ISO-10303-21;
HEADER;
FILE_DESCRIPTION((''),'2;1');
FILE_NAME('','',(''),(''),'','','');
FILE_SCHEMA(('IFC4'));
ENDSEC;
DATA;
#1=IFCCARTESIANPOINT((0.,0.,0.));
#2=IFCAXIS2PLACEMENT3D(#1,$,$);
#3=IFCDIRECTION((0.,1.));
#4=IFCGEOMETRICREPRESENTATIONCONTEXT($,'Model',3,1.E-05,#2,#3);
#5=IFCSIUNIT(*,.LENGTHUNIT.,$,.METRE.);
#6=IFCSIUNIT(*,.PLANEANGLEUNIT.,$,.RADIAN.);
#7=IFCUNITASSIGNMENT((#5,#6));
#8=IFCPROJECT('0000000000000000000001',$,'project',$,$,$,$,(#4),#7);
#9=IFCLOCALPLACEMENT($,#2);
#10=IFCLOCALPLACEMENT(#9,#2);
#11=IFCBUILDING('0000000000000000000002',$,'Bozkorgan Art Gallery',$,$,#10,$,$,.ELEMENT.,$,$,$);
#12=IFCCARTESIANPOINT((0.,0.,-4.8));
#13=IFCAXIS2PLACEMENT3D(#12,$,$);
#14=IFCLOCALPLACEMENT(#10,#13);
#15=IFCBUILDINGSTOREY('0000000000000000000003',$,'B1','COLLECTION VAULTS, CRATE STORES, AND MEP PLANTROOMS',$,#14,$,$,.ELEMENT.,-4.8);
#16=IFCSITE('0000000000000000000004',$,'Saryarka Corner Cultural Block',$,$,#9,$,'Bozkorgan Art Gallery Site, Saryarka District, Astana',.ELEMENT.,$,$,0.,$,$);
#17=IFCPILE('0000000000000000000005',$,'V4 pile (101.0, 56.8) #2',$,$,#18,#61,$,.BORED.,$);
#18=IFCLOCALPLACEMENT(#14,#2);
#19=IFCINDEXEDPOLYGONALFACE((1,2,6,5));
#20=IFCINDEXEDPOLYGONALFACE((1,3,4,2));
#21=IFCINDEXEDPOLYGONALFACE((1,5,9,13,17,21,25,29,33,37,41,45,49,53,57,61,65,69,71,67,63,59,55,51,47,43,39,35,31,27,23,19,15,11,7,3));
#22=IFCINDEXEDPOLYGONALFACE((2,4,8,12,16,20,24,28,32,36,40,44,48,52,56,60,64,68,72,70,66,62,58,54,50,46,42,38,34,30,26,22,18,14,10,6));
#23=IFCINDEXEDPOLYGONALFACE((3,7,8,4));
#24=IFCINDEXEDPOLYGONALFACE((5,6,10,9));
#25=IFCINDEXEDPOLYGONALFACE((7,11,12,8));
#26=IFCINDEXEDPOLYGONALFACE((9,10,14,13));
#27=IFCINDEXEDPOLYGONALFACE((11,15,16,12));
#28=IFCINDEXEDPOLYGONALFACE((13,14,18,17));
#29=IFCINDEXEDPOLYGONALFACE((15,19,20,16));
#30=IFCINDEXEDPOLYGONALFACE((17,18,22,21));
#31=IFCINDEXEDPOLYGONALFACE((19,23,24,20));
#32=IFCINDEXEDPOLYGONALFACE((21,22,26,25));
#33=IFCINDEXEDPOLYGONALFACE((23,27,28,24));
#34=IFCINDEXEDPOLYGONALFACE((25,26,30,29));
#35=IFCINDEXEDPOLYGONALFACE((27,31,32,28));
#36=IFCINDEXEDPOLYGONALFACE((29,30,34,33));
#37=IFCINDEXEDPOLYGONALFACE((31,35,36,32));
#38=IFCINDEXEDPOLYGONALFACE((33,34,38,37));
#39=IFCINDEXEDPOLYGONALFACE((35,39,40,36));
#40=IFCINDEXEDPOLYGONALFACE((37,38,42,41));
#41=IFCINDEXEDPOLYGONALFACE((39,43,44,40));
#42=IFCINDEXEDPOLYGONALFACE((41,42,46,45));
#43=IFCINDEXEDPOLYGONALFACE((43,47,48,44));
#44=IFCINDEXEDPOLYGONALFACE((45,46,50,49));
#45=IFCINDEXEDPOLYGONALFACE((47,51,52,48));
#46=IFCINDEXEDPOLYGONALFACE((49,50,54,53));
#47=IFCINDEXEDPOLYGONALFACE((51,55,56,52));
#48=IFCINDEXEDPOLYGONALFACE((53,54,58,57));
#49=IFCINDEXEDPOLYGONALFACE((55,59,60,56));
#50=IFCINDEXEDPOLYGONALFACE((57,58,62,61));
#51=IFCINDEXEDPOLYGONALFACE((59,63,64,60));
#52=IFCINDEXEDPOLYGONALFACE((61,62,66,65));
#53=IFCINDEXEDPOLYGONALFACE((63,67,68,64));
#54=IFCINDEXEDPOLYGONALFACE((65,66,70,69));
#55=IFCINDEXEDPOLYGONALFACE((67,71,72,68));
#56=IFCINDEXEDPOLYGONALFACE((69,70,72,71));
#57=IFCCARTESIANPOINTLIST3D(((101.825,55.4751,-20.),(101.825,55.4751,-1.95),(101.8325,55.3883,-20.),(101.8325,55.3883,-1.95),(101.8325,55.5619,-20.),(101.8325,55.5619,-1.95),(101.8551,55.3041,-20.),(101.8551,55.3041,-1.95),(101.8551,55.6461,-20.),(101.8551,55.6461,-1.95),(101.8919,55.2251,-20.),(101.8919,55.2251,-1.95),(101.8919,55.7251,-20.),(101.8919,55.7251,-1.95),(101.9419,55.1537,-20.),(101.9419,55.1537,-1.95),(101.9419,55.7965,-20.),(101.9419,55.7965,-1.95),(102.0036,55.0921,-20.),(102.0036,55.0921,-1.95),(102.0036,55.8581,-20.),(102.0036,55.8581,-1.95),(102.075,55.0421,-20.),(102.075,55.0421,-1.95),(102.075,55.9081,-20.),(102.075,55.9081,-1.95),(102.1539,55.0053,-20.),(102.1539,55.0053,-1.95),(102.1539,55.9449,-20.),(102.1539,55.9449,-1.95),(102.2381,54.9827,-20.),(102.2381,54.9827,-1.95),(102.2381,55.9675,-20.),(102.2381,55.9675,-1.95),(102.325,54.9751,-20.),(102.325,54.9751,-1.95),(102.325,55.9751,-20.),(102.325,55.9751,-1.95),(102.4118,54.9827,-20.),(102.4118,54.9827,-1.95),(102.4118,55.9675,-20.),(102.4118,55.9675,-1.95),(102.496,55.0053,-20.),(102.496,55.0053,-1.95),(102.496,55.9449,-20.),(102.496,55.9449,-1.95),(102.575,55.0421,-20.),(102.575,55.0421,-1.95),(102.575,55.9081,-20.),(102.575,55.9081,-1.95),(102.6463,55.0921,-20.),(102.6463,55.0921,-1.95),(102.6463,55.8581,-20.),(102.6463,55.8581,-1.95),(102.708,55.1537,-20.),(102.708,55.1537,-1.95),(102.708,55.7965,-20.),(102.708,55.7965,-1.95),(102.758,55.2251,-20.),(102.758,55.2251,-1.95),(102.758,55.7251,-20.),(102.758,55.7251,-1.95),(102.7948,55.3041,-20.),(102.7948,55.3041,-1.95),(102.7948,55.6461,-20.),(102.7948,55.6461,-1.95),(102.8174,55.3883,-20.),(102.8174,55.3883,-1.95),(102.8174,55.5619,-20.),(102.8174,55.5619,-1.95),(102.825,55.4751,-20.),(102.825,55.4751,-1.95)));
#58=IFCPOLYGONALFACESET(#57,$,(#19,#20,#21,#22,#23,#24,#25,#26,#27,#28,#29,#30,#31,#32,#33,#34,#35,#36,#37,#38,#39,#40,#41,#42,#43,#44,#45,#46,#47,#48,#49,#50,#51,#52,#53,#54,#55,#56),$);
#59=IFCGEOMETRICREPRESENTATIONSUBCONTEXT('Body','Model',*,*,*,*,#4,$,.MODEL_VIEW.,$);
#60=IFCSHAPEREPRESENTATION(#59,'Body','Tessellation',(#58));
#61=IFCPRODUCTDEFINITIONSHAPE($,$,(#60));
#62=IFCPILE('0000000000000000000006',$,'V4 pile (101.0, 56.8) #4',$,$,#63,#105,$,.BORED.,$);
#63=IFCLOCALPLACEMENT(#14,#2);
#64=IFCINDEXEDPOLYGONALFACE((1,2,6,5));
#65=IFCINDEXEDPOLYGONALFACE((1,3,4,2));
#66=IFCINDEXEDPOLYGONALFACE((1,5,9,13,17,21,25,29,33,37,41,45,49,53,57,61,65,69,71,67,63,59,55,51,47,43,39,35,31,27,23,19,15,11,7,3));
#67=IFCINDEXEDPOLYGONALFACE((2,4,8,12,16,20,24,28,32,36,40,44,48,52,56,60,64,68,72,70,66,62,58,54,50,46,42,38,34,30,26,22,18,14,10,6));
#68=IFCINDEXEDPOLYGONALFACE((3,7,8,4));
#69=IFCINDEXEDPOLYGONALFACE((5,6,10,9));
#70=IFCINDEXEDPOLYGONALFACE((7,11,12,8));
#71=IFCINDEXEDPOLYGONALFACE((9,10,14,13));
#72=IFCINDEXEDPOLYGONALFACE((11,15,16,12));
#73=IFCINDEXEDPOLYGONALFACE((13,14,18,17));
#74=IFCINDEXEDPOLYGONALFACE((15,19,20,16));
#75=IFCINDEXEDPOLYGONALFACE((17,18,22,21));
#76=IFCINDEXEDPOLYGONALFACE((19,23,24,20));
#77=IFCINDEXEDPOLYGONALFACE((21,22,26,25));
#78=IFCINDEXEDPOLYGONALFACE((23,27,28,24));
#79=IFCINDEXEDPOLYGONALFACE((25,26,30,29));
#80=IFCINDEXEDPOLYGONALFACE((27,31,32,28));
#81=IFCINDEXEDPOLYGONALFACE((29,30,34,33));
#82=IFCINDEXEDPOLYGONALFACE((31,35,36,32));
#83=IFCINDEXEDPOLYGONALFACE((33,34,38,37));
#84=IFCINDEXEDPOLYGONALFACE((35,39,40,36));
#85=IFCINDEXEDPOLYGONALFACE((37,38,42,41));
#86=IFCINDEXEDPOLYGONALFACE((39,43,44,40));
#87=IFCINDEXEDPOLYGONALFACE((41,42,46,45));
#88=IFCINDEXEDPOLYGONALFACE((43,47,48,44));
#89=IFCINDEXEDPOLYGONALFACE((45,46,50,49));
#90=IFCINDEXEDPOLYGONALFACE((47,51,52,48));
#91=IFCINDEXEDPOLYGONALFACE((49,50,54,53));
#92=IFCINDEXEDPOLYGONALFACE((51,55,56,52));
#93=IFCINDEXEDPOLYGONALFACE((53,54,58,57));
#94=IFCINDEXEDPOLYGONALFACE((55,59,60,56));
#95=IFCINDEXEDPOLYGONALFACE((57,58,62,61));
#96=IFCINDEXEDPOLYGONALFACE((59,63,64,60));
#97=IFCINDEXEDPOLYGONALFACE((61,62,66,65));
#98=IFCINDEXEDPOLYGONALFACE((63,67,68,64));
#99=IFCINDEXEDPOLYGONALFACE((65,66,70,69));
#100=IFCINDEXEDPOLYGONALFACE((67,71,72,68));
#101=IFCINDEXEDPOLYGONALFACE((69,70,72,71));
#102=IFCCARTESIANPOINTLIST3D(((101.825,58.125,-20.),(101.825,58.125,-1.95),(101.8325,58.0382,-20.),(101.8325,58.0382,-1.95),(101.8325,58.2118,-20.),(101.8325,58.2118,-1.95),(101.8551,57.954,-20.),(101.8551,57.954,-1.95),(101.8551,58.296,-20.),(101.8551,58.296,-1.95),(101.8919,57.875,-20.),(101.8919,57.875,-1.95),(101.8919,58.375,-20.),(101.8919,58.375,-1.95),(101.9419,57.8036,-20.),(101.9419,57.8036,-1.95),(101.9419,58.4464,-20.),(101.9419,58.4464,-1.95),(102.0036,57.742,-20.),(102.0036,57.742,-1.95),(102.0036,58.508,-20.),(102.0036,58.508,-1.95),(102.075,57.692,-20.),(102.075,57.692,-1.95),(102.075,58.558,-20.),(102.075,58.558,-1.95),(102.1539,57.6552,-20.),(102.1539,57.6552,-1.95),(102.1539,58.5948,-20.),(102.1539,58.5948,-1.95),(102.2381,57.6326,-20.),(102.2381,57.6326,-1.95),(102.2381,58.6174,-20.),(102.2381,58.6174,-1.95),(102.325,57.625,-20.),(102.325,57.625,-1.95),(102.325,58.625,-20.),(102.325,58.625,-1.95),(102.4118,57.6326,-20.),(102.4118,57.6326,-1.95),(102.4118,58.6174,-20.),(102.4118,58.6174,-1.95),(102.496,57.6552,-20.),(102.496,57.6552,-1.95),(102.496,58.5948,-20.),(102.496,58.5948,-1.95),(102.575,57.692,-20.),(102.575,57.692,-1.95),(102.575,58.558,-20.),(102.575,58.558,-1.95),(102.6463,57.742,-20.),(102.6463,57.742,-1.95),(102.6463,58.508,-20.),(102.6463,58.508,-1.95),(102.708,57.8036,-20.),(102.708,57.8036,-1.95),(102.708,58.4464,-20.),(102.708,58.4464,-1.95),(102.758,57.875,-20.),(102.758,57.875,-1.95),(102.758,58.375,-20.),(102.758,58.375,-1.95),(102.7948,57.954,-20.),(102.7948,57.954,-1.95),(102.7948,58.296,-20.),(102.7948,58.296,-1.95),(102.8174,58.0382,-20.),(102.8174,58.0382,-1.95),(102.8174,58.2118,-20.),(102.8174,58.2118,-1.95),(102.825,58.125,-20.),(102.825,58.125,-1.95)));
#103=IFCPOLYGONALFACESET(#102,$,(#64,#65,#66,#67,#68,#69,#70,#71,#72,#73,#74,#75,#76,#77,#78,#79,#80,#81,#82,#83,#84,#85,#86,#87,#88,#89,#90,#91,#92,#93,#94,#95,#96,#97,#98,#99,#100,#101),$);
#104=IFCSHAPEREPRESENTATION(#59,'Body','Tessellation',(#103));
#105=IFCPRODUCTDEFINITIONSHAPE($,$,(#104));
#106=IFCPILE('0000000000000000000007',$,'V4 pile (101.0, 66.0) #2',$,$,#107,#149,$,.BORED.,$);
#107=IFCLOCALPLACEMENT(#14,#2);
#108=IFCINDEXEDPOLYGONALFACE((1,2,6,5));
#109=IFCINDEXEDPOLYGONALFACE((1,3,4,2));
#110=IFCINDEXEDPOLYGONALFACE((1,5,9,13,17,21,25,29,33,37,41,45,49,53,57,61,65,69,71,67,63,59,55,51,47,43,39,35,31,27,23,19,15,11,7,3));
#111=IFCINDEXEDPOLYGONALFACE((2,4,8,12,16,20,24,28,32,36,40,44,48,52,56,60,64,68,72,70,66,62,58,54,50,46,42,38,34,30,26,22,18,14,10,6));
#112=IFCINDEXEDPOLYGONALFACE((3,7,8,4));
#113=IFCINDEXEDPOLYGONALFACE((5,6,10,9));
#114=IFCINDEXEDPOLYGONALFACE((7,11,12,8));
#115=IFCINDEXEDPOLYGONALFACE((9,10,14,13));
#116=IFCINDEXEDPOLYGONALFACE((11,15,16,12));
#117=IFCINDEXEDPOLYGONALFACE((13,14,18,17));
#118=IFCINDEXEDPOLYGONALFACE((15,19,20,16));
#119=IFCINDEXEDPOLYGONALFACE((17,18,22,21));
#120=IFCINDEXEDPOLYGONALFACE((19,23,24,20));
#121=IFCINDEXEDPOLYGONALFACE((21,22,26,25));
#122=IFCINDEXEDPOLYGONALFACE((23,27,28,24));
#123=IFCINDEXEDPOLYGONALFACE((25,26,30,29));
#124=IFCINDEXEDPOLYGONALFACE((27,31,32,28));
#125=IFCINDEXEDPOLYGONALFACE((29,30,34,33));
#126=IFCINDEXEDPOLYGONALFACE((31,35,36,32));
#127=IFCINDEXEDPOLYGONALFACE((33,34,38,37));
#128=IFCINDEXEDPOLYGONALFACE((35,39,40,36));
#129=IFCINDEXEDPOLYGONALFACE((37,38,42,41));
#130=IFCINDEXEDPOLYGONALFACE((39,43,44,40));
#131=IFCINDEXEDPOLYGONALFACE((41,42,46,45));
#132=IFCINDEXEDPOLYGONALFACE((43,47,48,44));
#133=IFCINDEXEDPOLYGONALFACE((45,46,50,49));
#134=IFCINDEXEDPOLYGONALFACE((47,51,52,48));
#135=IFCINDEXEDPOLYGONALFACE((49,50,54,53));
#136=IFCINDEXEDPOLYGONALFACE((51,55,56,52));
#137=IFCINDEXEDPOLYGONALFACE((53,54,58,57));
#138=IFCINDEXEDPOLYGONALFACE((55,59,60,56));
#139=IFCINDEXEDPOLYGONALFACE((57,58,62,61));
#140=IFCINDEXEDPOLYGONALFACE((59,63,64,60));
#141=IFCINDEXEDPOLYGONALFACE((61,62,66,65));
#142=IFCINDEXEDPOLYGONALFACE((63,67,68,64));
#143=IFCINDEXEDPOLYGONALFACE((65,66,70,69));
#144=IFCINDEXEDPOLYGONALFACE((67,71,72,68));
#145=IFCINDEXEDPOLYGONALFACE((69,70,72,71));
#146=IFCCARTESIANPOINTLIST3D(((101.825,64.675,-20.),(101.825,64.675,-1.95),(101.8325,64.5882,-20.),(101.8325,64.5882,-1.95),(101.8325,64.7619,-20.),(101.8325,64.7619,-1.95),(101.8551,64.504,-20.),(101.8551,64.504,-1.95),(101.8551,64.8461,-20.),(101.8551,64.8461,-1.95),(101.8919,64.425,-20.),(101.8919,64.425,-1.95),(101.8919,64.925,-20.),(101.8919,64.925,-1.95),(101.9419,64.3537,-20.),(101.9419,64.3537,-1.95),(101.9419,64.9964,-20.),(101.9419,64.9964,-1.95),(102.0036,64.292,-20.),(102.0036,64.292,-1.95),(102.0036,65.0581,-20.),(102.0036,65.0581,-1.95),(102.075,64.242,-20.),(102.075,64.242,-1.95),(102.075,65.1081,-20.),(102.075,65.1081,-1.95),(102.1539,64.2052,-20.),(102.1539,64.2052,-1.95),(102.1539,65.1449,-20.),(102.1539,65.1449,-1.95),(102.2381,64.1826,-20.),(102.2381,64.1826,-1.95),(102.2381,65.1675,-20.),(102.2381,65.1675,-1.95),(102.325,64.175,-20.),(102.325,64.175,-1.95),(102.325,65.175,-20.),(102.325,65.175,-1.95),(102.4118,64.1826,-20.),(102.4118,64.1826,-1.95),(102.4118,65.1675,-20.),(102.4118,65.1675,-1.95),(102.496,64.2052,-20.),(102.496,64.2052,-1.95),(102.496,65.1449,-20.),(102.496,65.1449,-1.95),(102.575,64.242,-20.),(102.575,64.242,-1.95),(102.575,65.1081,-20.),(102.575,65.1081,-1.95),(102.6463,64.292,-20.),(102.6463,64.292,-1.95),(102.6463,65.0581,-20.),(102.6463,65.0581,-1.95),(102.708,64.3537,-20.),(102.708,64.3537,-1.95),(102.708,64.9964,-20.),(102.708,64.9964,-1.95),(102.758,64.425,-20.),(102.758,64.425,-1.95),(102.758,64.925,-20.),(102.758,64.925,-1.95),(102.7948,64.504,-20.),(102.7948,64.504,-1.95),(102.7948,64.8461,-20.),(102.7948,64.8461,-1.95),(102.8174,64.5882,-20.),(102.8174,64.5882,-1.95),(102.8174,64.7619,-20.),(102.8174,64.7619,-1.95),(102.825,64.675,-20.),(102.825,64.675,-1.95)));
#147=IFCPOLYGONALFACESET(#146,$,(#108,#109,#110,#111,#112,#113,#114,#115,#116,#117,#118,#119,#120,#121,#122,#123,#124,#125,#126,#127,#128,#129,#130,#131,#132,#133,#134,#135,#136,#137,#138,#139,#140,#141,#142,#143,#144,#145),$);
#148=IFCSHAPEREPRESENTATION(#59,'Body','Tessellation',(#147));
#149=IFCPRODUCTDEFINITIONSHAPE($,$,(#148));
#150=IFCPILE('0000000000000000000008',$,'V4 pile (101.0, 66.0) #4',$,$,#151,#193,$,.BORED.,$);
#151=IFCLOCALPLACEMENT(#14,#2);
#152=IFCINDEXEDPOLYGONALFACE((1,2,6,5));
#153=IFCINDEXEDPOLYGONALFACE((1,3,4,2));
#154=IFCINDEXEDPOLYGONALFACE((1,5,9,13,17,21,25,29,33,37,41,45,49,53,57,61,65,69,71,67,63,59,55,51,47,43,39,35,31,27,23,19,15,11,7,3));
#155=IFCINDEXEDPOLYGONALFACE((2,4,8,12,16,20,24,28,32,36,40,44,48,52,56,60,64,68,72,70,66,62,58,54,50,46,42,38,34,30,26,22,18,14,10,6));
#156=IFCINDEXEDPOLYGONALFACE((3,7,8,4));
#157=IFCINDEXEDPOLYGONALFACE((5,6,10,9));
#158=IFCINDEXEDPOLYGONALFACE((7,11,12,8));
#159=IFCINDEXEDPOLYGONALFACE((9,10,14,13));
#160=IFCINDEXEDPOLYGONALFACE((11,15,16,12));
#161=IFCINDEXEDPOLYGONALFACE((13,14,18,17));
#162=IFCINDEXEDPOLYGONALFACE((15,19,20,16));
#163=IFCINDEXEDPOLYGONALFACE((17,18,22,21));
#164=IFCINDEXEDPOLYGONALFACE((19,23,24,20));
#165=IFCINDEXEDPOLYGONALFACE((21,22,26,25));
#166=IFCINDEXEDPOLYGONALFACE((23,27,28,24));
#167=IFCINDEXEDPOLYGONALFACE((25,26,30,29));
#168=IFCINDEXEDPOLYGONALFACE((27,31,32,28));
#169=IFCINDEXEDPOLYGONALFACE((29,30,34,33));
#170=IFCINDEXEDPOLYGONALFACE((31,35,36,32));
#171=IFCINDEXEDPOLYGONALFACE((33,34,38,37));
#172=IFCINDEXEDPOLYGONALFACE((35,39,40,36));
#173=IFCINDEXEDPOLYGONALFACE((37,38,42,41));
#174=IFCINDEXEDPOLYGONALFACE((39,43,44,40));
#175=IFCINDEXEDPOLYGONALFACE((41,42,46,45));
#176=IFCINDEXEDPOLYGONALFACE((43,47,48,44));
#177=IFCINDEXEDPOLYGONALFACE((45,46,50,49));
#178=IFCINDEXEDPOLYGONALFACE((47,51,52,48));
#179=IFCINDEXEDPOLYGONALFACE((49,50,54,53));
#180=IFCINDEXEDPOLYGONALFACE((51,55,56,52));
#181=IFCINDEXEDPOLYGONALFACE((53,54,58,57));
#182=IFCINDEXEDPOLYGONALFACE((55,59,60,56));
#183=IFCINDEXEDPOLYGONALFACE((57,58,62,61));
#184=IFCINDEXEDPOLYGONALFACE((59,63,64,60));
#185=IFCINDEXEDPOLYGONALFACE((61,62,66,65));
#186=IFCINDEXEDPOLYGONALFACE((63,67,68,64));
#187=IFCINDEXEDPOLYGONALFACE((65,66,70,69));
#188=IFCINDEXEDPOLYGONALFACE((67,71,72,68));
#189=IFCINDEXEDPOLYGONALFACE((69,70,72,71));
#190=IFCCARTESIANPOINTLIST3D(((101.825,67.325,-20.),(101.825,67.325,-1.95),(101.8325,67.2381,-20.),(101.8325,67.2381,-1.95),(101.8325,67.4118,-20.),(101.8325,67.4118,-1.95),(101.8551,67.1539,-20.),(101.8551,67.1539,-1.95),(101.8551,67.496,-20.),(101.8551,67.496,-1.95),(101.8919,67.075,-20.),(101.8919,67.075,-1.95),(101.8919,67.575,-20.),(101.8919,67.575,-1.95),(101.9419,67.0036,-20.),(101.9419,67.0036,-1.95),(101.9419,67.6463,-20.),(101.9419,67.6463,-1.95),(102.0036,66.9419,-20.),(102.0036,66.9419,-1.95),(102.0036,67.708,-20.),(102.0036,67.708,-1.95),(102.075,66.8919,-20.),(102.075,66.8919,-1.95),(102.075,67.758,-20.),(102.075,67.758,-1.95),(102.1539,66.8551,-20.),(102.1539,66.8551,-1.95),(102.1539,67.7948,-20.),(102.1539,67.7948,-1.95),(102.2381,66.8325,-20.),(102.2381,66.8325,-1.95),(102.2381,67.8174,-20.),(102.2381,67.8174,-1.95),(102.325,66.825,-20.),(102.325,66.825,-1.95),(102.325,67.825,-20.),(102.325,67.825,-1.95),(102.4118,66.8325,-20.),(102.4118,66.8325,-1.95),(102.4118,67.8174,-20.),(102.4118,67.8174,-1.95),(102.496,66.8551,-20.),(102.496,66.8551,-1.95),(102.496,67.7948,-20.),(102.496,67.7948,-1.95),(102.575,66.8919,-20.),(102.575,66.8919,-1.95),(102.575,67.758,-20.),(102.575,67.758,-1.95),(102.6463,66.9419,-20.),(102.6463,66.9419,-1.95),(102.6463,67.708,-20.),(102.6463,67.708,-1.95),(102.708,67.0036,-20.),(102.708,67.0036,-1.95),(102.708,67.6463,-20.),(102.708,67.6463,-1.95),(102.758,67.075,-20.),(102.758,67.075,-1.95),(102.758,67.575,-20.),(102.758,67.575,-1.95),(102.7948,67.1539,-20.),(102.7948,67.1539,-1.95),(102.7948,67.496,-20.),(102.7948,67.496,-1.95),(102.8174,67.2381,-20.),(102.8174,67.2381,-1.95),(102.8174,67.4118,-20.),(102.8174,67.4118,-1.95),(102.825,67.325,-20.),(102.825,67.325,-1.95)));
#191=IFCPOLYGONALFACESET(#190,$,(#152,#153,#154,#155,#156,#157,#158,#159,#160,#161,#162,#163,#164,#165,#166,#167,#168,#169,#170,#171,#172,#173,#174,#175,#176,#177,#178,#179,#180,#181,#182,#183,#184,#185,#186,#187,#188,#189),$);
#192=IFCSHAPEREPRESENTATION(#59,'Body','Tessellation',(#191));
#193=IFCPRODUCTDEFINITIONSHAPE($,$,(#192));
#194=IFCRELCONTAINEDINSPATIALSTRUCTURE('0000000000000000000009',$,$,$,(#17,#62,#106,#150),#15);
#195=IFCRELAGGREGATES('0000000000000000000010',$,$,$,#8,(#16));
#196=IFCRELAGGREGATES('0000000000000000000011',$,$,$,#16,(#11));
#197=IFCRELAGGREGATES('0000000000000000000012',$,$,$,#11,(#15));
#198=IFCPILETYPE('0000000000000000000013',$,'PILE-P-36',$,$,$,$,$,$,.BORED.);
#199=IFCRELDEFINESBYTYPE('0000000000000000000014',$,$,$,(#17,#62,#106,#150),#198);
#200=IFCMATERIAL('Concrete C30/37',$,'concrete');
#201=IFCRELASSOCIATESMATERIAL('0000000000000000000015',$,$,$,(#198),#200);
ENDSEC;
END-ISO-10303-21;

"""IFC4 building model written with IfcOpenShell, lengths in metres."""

from ifc_helpers import new_model, si_unit, direction, frame, origin, origin_2d, place, context, subcontext, project, spatial, circle, extrude, material, material_profile, profile_set, type_object, element, save


model = new_model("IFC4")

# Units and contexts
model_context = context("Model", 3, precision=1e-05, world=origin(), true_north=direction((0.0, 1.0)))
body_context = subcontext(model_context, "Body", "Model", "MODEL_VIEW")
ifc_project = project(units=[si_unit("LENGTHUNIT", "METRE"), si_unit("PLANEANGLEUNIT", "RADIAN")], contexts=[model_context])

# Site, building, storey
site_placement = place(None, origin())
site = spatial("IfcSite", under=ifc_project, at=site_placement, Name="Saryarka Corner Cultural Block", LongName="Bozkorgan Art Gallery Site, Saryarka District, Astana", CompositionType="ELEMENT", RefElevation=0.0)
building_placement = place(site_placement, origin())
building = spatial("IfcBuilding", under=site, at=building_placement, Name="Bozkorgan Art Gallery", CompositionType="ELEMENT")
storey_placement = place(building_placement, frame((0.0, 0.0, -4.8)))
storey = spatial("IfcBuildingStorey", under=building, at=storey_placement, Name="B1", Description="COLLECTION VAULTS, CRATE STORES, AND MEP PLANTROOMS", CompositionType="ELEMENT", Elevation=-4.8)

# Shared definitions
ifc_material_1 = material(Name="Concrete C30/37", Category="concrete")

# Piles
ifc_material_profile_1 = material_profile(ifc_material_1, circle(Radius=0.5, at=origin_2d()), Name="PILE D1000")
ifc_profile_set_1 = profile_set([ifc_material_profile_1], Name="Concrete C30/37")
pile_type_1 = type_object("IfcPileType", Name="PILE-P-36", PredefinedType="BORED", material=ifc_profile_set_1)
for number, where, z_axis, x_axis, name in (
    (1, (102.325, 55.4751, -1.95), (0.0, 0.0, -1.0), (1.0, 0.0, 0.0), "V4 pile (101.0, 56.8) #2"),
    (2, (102.325, 58.125, -1.95), (0.0, 0.0, -1.0), (1.0, 0.0, 0.0), "V4 pile (101.0, 56.8) #4"),
    (3, (102.325, 64.675, -1.95), (0.0, 0.0, -1.0), (1.0, 0.0, 0.0), "V4 pile (101.0, 66.0) #2"),
    (4, (102.325, 67.325, -1.95), (0.0, 0.0, -1.0), (1.0, 0.0, 0.0), "V4 pile (101.0, 66.0) #4"),
):
    element("IfcPile", number, at=place(storey_placement, frame(where, z_axis=z_axis, x_axis=x_axis)), inside=storey, type_object=pile_type_1, Name=name, PredefinedType="BORED", context=body_context, shape_type="SweptSolid", body=[
        extrude(circle(Radius=0.5, at=origin_2d()), origin(), (0.0, 0.0, 1.0), 18.05),
    ])

save(model, "model.ifc")
